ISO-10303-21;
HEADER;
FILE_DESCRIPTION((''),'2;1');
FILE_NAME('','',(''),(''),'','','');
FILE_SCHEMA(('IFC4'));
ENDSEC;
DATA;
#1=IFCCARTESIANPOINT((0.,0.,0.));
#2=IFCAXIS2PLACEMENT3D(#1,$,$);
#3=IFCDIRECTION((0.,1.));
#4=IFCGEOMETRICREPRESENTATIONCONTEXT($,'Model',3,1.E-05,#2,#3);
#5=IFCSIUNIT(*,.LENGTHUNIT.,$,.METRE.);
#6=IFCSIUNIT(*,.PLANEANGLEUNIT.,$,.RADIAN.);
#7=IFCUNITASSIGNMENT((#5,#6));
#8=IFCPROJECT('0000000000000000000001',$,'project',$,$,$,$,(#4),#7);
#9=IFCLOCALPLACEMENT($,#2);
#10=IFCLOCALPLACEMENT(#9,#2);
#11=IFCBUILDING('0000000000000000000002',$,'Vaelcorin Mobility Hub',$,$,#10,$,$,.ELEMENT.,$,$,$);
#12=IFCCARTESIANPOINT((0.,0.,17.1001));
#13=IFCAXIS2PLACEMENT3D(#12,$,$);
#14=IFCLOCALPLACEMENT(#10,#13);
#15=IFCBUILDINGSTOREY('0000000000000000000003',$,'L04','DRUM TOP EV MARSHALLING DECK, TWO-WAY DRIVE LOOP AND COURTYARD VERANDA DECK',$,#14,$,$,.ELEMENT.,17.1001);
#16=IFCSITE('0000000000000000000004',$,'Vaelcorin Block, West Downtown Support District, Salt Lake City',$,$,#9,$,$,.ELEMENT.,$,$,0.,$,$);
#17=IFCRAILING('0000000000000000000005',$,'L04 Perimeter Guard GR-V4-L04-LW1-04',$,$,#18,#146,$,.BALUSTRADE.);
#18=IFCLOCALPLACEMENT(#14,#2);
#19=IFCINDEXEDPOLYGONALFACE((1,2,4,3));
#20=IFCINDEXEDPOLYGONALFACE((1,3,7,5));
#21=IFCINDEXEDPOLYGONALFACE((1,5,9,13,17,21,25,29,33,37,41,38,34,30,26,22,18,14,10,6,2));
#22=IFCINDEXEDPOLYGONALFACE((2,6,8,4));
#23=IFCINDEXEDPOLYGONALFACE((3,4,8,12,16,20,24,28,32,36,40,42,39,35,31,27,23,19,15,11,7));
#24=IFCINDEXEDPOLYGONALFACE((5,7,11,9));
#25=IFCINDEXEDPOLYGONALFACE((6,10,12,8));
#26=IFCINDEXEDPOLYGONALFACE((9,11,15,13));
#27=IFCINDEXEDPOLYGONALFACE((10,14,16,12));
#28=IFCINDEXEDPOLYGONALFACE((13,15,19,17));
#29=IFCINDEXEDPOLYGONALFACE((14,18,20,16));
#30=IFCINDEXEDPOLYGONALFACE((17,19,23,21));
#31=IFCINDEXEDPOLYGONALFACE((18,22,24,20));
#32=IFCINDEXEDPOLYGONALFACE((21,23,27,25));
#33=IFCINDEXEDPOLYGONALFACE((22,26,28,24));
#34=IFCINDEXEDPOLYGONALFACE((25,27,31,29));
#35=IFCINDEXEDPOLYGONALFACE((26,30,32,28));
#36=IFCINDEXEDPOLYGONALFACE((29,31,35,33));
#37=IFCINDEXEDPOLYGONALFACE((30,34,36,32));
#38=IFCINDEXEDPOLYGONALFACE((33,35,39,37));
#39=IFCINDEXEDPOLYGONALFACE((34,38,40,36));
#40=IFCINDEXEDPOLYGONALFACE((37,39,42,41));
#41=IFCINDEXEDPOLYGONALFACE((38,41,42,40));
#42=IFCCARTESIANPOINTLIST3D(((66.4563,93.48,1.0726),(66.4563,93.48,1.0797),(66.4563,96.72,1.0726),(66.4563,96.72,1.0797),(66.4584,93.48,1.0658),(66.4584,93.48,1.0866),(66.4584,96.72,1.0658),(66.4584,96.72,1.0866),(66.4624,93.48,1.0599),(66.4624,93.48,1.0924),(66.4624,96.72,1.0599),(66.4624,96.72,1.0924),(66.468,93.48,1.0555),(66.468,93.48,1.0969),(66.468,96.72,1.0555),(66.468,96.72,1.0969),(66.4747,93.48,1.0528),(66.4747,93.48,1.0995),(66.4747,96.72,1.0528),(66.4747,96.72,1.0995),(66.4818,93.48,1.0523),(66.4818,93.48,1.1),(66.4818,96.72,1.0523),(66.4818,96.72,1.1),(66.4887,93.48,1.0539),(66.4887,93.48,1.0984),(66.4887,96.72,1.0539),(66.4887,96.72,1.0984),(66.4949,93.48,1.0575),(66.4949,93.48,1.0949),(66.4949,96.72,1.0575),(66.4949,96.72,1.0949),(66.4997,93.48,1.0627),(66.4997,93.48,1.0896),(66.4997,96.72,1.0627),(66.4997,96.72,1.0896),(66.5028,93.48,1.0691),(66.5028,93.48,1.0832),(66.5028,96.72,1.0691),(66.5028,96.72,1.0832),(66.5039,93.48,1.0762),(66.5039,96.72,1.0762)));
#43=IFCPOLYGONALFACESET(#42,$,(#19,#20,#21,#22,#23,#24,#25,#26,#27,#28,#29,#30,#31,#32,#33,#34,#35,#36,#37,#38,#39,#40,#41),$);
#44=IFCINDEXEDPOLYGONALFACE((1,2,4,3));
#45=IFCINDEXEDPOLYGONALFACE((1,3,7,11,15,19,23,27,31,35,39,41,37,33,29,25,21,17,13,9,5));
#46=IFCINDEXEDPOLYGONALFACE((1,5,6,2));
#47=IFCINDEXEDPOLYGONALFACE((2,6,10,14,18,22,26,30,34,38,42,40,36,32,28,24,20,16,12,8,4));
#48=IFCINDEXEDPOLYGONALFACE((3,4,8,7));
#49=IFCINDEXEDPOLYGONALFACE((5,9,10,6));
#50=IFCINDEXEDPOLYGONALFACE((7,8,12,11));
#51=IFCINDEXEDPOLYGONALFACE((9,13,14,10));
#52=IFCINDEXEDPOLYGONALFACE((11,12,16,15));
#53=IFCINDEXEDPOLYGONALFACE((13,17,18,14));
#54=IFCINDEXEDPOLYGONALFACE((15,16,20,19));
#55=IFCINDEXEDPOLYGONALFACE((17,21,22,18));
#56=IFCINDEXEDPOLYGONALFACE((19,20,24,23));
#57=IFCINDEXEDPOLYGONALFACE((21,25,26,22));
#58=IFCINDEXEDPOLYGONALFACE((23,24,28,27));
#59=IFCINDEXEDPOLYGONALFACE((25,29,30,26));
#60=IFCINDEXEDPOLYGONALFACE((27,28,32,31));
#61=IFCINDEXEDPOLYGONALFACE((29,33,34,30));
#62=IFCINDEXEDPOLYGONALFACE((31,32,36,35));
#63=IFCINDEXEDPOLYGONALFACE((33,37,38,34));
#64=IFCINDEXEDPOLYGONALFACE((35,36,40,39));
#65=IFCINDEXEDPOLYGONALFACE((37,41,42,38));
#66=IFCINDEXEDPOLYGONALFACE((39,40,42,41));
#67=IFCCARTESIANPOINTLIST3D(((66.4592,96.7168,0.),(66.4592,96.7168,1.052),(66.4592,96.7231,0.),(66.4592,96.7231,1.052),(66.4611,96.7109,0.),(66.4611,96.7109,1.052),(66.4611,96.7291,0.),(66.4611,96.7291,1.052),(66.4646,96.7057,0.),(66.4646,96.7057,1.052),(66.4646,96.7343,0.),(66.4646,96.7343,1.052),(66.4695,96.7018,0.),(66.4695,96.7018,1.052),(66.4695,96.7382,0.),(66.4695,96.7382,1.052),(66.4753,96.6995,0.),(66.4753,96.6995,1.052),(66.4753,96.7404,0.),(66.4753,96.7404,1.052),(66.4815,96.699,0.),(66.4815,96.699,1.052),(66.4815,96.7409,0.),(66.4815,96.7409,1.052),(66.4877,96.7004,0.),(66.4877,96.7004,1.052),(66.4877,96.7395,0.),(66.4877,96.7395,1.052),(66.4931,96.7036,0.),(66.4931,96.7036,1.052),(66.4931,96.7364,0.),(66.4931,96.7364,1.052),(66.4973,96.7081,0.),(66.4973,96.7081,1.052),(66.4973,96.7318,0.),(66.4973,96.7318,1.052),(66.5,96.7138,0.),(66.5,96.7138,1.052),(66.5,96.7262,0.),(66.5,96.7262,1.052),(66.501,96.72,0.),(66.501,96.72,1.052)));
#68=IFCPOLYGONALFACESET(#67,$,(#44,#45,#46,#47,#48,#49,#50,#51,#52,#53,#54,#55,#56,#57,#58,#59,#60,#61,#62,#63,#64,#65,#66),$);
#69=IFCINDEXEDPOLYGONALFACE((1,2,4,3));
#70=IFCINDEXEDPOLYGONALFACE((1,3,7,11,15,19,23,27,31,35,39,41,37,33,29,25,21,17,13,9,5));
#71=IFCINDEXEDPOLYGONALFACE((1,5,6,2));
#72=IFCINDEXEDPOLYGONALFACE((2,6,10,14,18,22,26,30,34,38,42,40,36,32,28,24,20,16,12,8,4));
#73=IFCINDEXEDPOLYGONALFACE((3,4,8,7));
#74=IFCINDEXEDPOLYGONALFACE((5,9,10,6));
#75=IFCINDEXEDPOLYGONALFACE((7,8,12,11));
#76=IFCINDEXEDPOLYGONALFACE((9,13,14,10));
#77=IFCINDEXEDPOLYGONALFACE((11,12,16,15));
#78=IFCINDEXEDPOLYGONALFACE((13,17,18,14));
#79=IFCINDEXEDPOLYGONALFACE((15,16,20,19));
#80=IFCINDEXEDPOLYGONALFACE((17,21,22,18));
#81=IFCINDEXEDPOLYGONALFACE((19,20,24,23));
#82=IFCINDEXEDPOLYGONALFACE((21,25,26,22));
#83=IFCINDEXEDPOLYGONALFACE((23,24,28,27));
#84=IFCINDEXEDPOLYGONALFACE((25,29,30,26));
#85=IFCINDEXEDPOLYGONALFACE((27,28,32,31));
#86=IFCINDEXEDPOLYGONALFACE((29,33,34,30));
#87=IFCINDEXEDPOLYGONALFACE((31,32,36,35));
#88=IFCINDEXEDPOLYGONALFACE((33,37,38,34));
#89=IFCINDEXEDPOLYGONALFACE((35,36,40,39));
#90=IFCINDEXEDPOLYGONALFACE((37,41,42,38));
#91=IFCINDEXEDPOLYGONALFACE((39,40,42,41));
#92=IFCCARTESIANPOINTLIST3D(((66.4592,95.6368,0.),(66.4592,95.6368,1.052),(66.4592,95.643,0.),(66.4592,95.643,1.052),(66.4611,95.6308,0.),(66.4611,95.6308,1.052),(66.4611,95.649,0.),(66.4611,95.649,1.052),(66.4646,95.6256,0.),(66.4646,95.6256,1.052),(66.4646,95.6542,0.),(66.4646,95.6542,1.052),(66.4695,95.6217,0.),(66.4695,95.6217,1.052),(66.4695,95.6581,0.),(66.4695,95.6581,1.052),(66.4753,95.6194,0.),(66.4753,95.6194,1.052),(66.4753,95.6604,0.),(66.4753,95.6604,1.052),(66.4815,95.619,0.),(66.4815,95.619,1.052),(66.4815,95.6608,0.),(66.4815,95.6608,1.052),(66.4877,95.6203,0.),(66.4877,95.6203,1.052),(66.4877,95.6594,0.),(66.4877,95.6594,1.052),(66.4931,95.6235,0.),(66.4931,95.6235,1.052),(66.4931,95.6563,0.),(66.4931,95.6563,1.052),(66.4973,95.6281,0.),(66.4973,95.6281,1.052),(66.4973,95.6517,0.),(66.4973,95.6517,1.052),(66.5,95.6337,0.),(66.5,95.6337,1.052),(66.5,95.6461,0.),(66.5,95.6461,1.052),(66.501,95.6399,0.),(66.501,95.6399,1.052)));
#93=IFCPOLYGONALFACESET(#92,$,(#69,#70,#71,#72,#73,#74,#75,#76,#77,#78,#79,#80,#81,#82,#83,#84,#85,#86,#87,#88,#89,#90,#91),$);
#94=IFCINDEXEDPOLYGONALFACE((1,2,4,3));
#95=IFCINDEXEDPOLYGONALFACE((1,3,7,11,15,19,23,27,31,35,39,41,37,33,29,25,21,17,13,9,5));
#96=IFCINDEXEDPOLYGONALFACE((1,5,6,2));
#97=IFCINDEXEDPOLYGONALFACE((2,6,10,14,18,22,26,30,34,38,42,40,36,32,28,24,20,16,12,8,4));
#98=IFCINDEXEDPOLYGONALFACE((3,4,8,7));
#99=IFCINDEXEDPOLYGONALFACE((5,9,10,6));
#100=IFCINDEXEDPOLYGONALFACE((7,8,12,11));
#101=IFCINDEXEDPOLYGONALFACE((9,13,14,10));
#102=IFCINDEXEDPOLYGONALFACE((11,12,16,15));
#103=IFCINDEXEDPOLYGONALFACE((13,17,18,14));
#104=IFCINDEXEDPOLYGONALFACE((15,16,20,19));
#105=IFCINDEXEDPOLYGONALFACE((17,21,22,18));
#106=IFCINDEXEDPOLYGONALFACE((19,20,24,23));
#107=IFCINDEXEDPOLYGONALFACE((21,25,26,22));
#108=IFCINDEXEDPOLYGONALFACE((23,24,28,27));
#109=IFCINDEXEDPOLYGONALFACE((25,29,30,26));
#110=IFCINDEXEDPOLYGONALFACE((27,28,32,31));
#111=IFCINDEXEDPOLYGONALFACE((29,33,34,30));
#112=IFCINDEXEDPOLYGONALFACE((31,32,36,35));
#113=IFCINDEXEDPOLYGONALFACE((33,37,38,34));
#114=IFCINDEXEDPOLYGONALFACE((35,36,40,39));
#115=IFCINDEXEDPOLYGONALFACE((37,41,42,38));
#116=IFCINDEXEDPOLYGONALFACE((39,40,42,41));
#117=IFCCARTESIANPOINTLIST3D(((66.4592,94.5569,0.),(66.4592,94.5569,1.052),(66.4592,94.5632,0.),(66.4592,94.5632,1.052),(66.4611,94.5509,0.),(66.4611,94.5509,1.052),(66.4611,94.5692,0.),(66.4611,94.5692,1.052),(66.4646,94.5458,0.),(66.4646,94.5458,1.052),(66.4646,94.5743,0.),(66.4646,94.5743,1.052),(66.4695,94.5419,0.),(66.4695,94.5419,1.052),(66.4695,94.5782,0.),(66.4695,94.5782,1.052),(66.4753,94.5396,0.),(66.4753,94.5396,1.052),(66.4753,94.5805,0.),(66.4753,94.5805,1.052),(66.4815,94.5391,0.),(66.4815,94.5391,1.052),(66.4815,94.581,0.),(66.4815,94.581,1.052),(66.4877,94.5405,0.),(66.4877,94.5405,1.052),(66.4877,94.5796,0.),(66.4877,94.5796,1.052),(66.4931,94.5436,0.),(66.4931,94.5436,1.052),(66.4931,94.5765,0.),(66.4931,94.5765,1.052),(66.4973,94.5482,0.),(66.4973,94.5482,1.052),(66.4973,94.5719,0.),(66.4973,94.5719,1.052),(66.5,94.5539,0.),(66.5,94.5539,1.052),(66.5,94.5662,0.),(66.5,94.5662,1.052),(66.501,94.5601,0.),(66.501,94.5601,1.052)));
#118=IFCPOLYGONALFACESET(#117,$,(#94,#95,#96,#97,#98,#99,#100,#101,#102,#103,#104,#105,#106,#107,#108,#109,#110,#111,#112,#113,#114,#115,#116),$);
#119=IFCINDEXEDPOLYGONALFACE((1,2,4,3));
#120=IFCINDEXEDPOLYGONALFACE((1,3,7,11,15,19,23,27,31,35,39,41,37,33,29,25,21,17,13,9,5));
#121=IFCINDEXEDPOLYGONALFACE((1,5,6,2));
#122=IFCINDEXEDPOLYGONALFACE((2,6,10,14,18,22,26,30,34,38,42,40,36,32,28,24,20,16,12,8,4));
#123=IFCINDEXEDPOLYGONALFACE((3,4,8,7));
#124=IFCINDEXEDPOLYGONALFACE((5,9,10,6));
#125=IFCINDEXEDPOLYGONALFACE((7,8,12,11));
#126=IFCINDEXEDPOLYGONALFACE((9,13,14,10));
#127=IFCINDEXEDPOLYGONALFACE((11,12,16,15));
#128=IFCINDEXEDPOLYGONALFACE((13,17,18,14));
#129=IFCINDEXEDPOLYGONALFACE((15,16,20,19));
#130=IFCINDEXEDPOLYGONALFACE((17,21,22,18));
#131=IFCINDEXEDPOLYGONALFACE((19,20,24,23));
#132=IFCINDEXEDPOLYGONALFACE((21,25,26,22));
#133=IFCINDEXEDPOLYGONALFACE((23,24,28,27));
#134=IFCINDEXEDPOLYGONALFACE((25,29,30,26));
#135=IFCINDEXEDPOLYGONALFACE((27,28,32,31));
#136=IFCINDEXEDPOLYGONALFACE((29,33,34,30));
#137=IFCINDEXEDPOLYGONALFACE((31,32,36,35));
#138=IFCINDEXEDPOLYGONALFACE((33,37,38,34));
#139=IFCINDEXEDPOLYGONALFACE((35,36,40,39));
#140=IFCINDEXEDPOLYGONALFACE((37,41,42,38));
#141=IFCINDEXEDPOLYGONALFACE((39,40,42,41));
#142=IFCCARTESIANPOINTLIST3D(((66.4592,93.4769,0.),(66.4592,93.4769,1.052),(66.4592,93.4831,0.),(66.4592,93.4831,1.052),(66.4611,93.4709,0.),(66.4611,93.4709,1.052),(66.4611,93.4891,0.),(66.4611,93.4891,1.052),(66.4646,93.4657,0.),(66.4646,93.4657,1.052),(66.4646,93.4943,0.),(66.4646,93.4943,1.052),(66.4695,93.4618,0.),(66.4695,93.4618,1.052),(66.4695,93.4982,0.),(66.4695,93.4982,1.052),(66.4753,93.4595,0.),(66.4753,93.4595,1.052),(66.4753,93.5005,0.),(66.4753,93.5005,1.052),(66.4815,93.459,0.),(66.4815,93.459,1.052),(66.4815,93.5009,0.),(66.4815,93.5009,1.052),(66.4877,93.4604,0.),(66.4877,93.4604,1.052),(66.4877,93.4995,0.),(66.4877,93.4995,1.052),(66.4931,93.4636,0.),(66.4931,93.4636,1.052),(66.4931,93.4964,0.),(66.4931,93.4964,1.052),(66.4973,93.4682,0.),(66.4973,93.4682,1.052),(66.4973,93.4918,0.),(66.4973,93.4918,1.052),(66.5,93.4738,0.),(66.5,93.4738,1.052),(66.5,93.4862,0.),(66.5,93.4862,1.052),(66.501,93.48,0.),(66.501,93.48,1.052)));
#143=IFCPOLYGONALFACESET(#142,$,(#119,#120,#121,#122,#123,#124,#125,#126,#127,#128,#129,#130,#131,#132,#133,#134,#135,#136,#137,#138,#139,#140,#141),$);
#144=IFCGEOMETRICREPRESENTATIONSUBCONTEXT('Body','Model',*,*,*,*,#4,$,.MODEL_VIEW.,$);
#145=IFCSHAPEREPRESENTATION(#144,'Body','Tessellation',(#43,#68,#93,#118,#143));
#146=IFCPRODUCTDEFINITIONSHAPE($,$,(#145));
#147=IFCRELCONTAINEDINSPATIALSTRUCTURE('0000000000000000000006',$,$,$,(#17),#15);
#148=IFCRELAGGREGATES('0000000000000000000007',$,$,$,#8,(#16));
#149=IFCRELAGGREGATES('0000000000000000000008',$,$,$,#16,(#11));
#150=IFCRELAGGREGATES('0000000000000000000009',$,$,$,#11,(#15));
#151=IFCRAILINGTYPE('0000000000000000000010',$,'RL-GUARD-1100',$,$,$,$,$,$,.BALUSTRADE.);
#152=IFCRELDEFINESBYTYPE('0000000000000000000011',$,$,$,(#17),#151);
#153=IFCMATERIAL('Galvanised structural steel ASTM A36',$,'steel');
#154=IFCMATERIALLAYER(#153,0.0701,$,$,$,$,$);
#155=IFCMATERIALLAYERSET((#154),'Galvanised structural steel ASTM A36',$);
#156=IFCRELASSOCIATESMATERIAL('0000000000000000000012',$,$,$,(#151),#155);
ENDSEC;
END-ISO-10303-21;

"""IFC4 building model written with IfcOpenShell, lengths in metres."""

from ifc_helpers import new_model, si_unit, direction, frame, origin, origin_2d, place, context, subcontext, project, spatial, circle, extrude, material, layer, layer_set, type_object, element, save


model = new_model("IFC4")

# Units and contexts
model_context = context("Model", 3, precision=1e-05, world=origin(), true_north=direction((0.0, 1.0)))
body_context = subcontext(model_context, "Body", "Model", "MODEL_VIEW")
ifc_project = project(units=[si_unit("LENGTHUNIT", "METRE"), si_unit("PLANEANGLEUNIT", "RADIAN")], contexts=[model_context])

# Site, building, storey
site_placement = place(None, origin())
site = spatial("IfcSite", under=ifc_project, at=site_placement, Name="Vaelcorin Block, West Downtown Support District, Salt Lake City", CompositionType="ELEMENT", RefElevation=0.0)
building_placement = place(site_placement, origin())
building = spatial("IfcBuilding", under=site, at=building_placement, Name="Vaelcorin Mobility Hub", CompositionType="ELEMENT")
storey_placement = place(building_placement, frame((0.0, 0.0, 17.1001)))
storey = spatial("IfcBuildingStorey", under=building, at=storey_placement, Name="L04", Description="DRUM TOP EV MARSHALLING DECK, TWO-WAY DRIVE LOOP AND COURTYARD VERANDA DECK", CompositionType="ELEMENT", Elevation=17.1001)

# Railing
ifc_material_1 = material(Name="Galvanised structural steel ASTM A36", Category="steel")
ifc_layer_1 = layer(ifc_material_1, 0.0701)
ifc_layer_set_1 = layer_set([ifc_layer_1], Name="Galvanised structural steel ASTM A36")
railing_type = type_object("IfcRailingType", Name="RL-GUARD-1100", PredefinedType="BALUSTRADE", material=ifc_layer_set_1)
railing_1_placement = place(storey_placement, frame((66.48, 96.72, 0.0)))
element("IfcRailing", 1, at=railing_1_placement, inside=storey, type_object=railing_type, Name="L04 Perimeter Guard GR-V4-L04-LW1-04", PredefinedType="BALUSTRADE", context=body_context, shape_type="SweptSolid", body=[
    extrude(circle(Radius=0.0239, at=origin_2d()), frame((0.0, 0.0, 1.0762), z_axis=(0.0, -1.0, 0.0), x_axis=(1.0, 0.0, 0.0)), (0.0, 0.0, 1.0), 3.24),
    extrude(circle(Radius=0.021, at=origin_2d()), origin(), (0.0, 0.0, 1.0), 1.052),
    extrude(circle(Radius=0.021, at=origin_2d()), frame((0.0, -1.0801, 0.0)), (0.0, 0.0, 1.0), 1.052),
    extrude(circle(Radius=0.021, at=origin_2d()), frame((0.0, -2.1599, 0.0)), (0.0, 0.0, 1.0), 1.052),
    extrude(circle(Radius=0.021, at=origin_2d()), frame((0.0, -3.24, 0.0)), (0.0, 0.0, 1.0), 1.052),
])

save(model, "model.ifc")
